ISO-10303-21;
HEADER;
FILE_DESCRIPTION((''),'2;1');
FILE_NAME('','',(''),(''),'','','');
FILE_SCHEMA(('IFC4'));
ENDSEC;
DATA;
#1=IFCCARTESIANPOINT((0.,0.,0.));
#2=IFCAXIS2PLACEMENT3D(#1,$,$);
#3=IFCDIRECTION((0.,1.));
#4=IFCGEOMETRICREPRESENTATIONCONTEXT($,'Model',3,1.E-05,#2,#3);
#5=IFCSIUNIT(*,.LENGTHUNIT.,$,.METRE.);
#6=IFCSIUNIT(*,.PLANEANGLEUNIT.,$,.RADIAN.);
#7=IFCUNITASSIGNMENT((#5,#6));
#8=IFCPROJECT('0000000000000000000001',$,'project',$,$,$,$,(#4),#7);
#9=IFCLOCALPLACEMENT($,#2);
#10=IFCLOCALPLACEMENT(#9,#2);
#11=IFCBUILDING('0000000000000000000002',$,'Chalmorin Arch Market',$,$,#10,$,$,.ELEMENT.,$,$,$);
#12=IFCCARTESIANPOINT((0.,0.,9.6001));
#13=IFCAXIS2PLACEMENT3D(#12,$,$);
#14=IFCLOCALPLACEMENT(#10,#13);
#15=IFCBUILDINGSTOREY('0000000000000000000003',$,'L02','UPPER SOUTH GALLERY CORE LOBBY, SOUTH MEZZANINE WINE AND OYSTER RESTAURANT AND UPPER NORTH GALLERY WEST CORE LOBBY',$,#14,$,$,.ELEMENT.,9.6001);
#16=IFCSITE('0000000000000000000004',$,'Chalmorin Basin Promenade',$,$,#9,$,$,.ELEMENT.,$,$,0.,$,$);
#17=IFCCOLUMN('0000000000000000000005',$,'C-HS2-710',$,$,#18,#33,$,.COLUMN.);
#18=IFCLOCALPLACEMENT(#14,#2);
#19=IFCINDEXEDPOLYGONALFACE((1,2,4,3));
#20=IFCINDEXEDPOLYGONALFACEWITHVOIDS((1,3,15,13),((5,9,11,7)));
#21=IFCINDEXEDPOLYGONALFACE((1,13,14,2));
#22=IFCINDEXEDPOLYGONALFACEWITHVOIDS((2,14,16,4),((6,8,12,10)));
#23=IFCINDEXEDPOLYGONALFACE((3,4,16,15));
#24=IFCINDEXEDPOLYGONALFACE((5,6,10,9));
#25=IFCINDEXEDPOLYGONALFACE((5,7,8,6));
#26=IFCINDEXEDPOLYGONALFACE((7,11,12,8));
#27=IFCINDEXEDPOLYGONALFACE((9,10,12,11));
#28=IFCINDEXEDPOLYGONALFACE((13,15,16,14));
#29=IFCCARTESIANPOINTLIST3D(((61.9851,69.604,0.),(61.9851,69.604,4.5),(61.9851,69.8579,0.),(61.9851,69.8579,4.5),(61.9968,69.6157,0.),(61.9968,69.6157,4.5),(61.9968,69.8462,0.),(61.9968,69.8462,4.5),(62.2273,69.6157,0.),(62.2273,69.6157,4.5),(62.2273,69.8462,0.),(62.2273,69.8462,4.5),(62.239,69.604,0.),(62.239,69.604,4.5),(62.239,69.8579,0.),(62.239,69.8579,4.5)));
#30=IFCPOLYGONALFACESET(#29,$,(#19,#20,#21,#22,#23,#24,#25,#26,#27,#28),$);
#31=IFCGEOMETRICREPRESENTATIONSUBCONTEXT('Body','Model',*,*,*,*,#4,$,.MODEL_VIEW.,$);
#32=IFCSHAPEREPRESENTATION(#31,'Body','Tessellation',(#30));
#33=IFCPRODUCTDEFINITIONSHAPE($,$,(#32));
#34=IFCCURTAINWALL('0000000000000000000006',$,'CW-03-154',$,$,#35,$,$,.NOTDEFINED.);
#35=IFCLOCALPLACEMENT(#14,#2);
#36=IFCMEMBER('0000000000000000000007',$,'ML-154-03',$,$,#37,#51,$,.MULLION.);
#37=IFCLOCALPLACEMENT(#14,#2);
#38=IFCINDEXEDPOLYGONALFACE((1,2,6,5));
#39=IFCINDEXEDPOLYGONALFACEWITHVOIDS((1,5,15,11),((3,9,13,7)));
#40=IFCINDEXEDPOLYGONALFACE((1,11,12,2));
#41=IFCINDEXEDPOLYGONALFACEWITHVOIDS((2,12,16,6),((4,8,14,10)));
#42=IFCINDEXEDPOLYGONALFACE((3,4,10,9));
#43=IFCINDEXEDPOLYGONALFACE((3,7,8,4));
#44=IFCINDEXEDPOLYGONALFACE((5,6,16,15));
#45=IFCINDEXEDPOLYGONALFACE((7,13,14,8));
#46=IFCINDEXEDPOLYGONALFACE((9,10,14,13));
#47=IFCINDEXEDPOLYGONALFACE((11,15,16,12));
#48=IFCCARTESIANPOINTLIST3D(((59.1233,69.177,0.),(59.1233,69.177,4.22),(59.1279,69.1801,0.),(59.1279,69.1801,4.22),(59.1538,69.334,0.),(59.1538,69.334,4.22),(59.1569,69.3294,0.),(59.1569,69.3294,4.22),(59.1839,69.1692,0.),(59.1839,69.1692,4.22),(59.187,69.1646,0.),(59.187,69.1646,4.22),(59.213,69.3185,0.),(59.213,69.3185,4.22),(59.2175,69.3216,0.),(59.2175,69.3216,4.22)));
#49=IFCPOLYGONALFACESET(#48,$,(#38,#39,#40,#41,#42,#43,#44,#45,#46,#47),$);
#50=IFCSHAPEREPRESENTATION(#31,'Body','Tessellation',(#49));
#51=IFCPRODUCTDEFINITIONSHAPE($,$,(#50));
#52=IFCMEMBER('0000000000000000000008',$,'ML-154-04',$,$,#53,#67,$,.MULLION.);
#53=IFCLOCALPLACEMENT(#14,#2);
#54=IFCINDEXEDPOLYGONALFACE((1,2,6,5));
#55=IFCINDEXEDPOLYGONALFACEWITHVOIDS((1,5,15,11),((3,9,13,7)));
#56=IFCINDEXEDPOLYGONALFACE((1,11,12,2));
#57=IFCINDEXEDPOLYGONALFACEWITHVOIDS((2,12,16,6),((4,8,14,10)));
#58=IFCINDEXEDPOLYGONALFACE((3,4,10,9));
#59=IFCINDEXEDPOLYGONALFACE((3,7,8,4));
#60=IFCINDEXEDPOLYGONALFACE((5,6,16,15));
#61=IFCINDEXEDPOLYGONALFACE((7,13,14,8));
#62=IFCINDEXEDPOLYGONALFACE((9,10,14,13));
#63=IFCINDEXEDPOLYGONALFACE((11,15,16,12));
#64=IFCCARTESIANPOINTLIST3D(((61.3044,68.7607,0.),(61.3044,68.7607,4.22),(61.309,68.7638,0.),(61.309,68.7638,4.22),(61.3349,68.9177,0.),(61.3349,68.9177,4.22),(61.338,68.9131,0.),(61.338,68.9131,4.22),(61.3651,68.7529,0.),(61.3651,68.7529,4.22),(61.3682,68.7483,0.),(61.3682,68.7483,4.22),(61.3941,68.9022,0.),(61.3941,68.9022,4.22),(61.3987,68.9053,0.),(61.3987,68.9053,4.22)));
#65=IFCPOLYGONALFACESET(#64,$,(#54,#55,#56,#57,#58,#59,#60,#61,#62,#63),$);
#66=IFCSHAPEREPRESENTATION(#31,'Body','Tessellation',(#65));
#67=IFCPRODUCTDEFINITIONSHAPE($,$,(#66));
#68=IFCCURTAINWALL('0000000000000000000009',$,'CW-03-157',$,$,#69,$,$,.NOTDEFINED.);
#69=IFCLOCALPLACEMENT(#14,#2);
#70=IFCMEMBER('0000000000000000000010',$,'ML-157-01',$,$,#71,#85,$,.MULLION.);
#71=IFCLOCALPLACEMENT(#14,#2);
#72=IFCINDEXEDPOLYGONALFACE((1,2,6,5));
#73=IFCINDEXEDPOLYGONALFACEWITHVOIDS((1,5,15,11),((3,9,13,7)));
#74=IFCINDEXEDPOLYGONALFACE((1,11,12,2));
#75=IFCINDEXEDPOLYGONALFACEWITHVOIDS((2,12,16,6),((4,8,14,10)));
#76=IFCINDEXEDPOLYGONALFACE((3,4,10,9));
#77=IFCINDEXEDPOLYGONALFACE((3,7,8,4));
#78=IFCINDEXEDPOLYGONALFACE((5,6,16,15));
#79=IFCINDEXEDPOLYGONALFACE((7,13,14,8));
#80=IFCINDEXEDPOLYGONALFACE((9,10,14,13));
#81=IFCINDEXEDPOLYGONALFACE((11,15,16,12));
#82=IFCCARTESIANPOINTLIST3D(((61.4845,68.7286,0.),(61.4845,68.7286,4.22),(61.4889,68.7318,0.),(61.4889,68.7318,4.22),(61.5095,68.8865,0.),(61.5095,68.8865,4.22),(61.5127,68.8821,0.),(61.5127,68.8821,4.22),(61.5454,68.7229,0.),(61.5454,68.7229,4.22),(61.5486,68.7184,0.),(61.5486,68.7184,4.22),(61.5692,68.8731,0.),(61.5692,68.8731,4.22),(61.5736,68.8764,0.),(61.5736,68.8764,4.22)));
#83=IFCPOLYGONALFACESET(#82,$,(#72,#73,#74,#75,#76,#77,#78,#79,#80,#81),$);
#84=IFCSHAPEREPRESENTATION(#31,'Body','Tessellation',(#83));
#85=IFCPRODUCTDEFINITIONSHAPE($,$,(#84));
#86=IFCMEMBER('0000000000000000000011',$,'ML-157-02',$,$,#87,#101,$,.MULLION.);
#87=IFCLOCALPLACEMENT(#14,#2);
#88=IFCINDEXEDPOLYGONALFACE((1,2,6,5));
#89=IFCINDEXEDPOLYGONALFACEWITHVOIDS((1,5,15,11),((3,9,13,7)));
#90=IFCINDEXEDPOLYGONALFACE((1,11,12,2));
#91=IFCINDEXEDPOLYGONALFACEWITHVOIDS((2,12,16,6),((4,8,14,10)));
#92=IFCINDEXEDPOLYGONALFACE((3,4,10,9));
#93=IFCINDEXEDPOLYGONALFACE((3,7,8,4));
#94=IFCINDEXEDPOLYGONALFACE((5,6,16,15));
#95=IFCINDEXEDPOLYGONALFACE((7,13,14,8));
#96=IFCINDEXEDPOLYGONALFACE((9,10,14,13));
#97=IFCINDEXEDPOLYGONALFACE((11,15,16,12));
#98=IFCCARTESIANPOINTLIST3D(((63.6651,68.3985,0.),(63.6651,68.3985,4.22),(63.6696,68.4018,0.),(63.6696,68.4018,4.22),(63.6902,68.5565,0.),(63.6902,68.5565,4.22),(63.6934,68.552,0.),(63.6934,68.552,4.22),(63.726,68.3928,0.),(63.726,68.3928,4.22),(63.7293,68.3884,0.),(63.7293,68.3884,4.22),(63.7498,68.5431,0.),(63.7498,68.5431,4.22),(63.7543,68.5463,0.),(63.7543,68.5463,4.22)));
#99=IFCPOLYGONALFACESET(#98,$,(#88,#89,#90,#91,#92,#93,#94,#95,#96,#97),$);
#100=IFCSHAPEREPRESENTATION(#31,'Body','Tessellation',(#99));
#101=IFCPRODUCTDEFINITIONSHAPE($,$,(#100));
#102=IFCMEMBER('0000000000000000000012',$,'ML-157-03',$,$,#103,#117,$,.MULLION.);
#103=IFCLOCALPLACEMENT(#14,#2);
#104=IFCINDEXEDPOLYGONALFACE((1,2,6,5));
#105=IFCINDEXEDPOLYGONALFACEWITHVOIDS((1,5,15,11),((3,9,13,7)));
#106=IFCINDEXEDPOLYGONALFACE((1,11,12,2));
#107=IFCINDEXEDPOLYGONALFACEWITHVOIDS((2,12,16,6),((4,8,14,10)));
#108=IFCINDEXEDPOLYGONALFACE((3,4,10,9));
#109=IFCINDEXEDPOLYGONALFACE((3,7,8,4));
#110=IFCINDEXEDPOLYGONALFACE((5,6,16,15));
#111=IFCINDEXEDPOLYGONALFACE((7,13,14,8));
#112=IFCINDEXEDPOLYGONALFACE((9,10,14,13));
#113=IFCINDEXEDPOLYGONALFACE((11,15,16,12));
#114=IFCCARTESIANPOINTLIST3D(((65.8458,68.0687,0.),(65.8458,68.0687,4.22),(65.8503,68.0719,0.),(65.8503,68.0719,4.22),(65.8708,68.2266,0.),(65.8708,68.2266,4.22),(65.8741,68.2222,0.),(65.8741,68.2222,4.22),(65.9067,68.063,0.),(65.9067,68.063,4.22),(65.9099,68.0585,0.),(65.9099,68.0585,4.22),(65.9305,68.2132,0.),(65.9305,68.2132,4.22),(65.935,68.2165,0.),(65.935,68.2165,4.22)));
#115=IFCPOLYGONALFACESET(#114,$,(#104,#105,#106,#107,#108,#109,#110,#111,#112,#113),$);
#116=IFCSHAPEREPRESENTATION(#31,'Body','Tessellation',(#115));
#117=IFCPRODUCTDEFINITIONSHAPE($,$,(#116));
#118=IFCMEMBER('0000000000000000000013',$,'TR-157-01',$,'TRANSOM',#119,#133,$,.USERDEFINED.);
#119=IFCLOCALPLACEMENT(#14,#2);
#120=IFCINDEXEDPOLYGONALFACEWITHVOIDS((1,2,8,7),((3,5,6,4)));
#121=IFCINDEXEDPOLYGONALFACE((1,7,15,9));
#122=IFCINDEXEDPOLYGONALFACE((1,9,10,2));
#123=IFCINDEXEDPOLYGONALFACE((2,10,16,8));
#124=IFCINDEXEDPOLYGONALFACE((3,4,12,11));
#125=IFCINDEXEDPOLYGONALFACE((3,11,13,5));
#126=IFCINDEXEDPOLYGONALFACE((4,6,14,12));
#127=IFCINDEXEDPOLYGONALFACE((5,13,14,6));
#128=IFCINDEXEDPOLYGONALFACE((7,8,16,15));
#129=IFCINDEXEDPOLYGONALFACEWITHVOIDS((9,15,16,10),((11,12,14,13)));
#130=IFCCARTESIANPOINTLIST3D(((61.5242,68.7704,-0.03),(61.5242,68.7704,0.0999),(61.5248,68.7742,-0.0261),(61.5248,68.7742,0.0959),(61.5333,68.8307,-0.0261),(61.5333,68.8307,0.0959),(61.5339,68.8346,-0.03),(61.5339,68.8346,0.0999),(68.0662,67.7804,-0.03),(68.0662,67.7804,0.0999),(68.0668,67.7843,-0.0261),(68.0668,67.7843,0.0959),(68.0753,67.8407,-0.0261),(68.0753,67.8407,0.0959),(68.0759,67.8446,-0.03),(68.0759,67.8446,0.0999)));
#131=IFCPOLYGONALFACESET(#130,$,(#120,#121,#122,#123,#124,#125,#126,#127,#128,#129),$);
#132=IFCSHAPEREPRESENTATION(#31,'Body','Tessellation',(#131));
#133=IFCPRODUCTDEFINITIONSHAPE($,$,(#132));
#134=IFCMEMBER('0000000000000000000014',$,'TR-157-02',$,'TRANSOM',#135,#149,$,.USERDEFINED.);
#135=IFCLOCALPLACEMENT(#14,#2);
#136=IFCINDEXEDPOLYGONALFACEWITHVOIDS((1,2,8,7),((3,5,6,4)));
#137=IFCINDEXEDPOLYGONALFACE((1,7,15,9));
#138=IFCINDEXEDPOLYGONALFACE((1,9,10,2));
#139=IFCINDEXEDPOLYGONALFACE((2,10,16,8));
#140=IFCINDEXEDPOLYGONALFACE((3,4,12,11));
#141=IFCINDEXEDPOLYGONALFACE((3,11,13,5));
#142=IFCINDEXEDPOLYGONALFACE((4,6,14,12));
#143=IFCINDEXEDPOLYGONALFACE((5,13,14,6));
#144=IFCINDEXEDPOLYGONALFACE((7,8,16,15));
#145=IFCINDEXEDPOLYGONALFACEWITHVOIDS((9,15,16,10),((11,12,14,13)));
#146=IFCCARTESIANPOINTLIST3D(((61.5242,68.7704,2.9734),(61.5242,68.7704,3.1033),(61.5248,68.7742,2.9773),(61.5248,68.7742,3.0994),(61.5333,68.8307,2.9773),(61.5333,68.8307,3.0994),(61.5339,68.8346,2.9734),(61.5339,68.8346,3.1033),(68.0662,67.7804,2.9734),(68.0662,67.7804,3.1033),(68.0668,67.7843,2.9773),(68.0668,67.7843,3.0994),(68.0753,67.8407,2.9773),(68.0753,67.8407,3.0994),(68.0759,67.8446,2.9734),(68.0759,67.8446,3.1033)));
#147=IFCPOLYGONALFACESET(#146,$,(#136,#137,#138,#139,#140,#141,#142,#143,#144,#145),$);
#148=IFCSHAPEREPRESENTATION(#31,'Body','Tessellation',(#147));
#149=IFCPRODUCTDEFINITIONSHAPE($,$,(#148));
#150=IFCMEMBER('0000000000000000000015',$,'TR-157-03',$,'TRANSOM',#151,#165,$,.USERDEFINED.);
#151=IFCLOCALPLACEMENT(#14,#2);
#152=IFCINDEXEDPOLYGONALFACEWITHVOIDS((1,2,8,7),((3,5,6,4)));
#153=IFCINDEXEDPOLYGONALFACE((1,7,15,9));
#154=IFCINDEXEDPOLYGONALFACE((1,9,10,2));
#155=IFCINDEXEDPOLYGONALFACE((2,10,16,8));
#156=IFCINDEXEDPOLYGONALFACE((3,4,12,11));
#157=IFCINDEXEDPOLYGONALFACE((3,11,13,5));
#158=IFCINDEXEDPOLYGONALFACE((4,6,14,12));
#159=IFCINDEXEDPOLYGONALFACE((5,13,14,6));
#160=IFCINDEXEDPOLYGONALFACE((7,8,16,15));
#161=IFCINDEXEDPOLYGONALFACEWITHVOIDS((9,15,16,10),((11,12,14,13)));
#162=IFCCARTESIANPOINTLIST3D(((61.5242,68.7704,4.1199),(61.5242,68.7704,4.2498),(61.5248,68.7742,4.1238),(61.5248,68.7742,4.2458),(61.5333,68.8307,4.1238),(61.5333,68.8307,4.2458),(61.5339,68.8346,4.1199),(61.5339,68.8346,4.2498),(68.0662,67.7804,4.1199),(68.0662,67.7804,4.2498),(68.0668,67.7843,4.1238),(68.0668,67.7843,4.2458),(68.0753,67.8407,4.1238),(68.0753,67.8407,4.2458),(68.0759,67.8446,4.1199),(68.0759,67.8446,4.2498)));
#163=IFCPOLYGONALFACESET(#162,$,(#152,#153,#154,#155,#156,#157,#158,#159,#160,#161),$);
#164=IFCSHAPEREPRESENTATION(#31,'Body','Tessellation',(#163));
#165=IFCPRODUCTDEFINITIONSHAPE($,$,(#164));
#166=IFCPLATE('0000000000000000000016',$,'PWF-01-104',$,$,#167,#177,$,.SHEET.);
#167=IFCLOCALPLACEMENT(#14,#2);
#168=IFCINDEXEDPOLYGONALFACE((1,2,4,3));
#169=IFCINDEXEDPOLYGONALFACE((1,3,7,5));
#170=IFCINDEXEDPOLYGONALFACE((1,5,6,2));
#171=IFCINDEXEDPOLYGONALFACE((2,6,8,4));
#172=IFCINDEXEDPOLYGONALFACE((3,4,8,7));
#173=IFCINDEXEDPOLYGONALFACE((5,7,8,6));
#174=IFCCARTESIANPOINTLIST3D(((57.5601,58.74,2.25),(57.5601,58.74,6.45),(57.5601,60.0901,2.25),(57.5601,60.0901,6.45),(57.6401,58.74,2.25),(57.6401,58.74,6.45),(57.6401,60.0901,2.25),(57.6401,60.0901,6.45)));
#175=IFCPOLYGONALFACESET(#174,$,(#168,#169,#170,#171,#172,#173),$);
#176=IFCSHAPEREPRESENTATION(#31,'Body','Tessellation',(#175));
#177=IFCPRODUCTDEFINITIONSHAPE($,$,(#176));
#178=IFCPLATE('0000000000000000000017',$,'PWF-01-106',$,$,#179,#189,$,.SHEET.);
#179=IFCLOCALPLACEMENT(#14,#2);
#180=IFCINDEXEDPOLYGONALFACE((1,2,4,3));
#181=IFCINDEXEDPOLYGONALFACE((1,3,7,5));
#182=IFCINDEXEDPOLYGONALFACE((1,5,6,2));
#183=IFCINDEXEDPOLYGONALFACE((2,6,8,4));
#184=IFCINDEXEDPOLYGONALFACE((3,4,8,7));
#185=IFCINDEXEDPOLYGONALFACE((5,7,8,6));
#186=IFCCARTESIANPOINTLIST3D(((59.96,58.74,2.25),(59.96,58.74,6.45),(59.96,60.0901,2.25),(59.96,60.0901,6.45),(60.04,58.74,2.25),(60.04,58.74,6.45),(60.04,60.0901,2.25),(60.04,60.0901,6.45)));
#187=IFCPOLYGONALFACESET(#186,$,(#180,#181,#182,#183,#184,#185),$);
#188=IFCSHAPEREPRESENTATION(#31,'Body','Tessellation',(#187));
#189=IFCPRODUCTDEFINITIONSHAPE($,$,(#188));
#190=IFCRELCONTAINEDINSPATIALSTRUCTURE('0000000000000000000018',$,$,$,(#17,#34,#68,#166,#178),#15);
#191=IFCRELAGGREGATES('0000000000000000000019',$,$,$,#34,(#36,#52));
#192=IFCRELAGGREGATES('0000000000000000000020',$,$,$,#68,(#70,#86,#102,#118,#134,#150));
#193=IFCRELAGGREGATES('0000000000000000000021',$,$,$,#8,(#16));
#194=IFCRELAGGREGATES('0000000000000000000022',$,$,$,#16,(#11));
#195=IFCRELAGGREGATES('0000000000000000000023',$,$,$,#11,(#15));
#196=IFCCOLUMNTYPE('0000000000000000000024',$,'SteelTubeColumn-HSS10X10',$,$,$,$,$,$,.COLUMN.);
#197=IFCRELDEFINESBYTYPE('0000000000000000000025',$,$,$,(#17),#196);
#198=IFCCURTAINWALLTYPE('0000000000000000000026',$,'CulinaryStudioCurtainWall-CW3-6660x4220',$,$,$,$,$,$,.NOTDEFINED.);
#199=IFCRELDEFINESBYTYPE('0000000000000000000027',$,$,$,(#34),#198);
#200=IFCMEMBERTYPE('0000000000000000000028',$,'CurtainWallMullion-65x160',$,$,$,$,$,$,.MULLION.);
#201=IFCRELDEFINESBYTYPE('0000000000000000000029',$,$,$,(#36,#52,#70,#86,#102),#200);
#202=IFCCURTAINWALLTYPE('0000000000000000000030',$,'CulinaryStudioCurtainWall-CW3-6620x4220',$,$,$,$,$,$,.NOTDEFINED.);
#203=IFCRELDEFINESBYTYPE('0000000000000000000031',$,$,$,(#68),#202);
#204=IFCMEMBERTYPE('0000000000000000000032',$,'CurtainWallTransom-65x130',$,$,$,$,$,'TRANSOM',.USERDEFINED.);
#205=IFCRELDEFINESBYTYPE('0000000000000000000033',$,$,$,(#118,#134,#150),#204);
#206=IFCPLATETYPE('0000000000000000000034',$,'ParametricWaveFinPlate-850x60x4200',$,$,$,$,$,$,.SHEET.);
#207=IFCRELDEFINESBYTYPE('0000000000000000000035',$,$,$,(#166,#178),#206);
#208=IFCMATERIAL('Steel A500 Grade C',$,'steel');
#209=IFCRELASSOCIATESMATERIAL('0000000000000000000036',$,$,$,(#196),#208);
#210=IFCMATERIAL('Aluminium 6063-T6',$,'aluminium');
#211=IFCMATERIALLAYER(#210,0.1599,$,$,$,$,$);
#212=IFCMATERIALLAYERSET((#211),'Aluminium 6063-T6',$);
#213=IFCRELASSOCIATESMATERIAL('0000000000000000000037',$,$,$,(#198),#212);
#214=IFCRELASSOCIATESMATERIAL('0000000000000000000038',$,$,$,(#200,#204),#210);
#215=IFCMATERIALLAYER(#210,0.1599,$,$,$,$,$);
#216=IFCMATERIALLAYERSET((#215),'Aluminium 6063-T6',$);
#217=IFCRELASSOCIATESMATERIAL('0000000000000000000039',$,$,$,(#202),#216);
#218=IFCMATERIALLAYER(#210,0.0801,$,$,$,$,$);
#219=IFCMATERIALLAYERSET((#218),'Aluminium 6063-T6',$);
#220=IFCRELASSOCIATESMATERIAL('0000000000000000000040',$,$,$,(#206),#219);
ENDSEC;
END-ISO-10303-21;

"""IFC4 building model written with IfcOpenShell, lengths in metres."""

from ifc_helpers import new_model, si_unit, direction, frame, origin, origin_2d, place, context, subcontext, project, spatial, rectangle, hollow_rectangle, extrude, material, layer, layer_set, material_profile, profile_set, type_object, element, aggregate, save


model = new_model("IFC4")

# Units and contexts
model_context = context("Model", 3, precision=1e-05, world=origin(), true_north=direction((0.0, 1.0)))
body_context = subcontext(model_context, "Body", "Model", "MODEL_VIEW")
ifc_project = project(units=[si_unit("LENGTHUNIT", "METRE"), si_unit("PLANEANGLEUNIT", "RADIAN")], contexts=[model_context])

# Site, building, storey
site_placement = place(None, origin())
site = spatial("IfcSite", under=ifc_project, at=site_placement, Name="Chalmorin Basin Promenade", CompositionType="ELEMENT", RefElevation=0.0)
building_placement = place(site_placement, origin())
building = spatial("IfcBuilding", under=site, at=building_placement, Name="Chalmorin Arch Market", CompositionType="ELEMENT")
storey_placement = place(building_placement, frame((0.0, 0.0, 9.6001)))
storey = spatial("IfcBuildingStorey", under=building, at=storey_placement, Name="L02", Description="UPPER SOUTH GALLERY CORE LOBBY, SOUTH MEZZANINE WINE AND OYSTER RESTAURANT AND UPPER NORTH GALLERY WEST CORE LOBBY", CompositionType="ELEMENT", Elevation=9.6001)

# Column
ifc_material_1 = material(Name="Steel A500 Grade C", Category="steel")
ifc_material_profile_1 = material_profile(ifc_material_1, hollow_rectangle(XDim=0.2539, YDim=0.2539, WallThickness=0.0117, at=origin_2d()), Name="HSS10X10X1/2")
ifc_profile_set_1 = profile_set([ifc_material_profile_1], Name="Steel A500 Grade C")
column_type = type_object("IfcColumnType", Name="SteelTubeColumn-HSS10X10", PredefinedType="COLUMN", material=ifc_profile_set_1)
column_placement = place(storey_placement, frame((62.1121, 69.731, 0.0), z_axis=(0.0, 0.0, 1.0), x_axis=(1.0, 0.0, 0.0)))
element("IfcColumn", 1, at=column_placement, inside=storey, type_object=column_type, Name="C-HS2-710", PredefinedType="COLUMN", context=body_context, shape_type="SweptSolid", body=[
    extrude(hollow_rectangle(XDim=0.2539, YDim=0.2539, WallThickness=0.0117, at=origin_2d()), origin(), (0.0, 0.0, 1.0), 4.5),
])

# Curtain walls, members
ifc_material_2 = material(Name="Aluminium 6063-T6", Category="aluminium")
ifc_layer_1 = layer(ifc_material_2, 0.1599)
ifc_layer_set_1 = layer_set([ifc_layer_1], Name="Aluminium 6063-T6")
curtain_wall_type_1 = type_object("IfcCurtainWallType", Name="CulinaryStudioCurtainWall-CW3-6660x4220", PredefinedType="NOTDEFINED", material=ifc_layer_set_1)
curtain_wall_1_placement = place(storey_placement, origin())
curtain_wall_1 = element("IfcCurtainWall", 2, at=curtain_wall_1_placement, inside=storey, type_object=curtain_wall_type_1, Name="CW-03-154", PredefinedType="NOTDEFINED")
ifc_material_profile_2 = material_profile(ifc_material_2, hollow_rectangle(XDim=0.0649, YDim=0.1599, WallThickness=0.0039, at=origin_2d()), Name="ALU65X160X4")
ifc_profile_set_2 = profile_set([ifc_material_profile_2], Name="Aluminium 6063-T6")
member_type_1 = type_object("IfcMemberType", Name="CurtainWallMullion-65x160", PredefinedType="MULLION", material=ifc_profile_set_2)
member_1_placement = place(storey_placement, frame((59.1704, 69.2493, 0.0), z_axis=(0.0, 0.0, 1.0), x_axis=(0.981627, -0.190809, 0.0)))
member_1 = element("IfcMember", 3, at=member_1_placement, type_object=member_type_1, Name="ML-154-03", PredefinedType="MULLION", context=body_context, shape_type="SweptSolid", body=[
    extrude(hollow_rectangle(XDim=0.0649, YDim=0.1599, WallThickness=0.0039, at=origin_2d()), origin(), (0.0, 0.0, 1.0), 4.22),
])
member_2_placement = place(storey_placement, frame((61.3516, 68.833, 0.0), z_axis=(0.0, 0.0, 1.0), x_axis=(0.981627, -0.190809, 0.0)))
member_2 = element("IfcMember", 4, at=member_2_placement, type_object=member_type_1, Name="ML-154-04", PredefinedType="MULLION", context=body_context, shape_type="SweptSolid", body=[
    extrude(hollow_rectangle(XDim=0.0649, YDim=0.1599, WallThickness=0.0039, at=origin_2d()), origin(), (0.0, 0.0, 1.0), 4.22),
])
ifc_layer_2 = layer(ifc_material_2, 0.1599)
ifc_layer_set_2 = layer_set([ifc_layer_2], Name="Aluminium 6063-T6")
curtain_wall_type_2 = type_object("IfcCurtainWallType", Name="CulinaryStudioCurtainWall-CW3-6620x4220", PredefinedType="NOTDEFINED", material=ifc_layer_set_2)
curtain_wall_2_placement = place(storey_placement, origin())
curtain_wall_2 = element("IfcCurtainWall", 5, at=curtain_wall_2_placement, inside=storey, type_object=curtain_wall_type_2, Name="CW-03-157", PredefinedType="NOTDEFINED")
member_3_placement = place(storey_placement, frame((61.5291, 68.8025, 0.0), z_axis=(0.0, 0.0, 1.0), x_axis=(0.987688, -0.156434, 0.0)))
member_3 = element("IfcMember", 6, at=member_3_placement, type_object=member_type_1, Name="ML-157-01", PredefinedType="MULLION", context=body_context, shape_type="SweptSolid", body=[
    extrude(hollow_rectangle(XDim=0.0649, YDim=0.1599, WallThickness=0.0039, at=origin_2d()), origin(), (0.0, 0.0, 1.0), 4.22),
])
member_4_placement = place(storey_placement, frame((63.7097, 68.4724, 0.0), z_axis=(0.0, 0.0, 1.0), x_axis=(0.987688, -0.156434, 0.0)))
member_4 = element("IfcMember", 7, at=member_4_placement, type_object=member_type_1, Name="ML-157-02", PredefinedType="MULLION", context=body_context, shape_type="SweptSolid", body=[
    extrude(hollow_rectangle(XDim=0.0649, YDim=0.1599, WallThickness=0.0039, at=origin_2d()), origin(), (0.0, 0.0, 1.0), 4.22),
])
member_5_placement = place(storey_placement, frame((65.8904, 68.1426, 0.0), z_axis=(0.0, 0.0, 1.0), x_axis=(0.987688, -0.156434, 0.0)))
member_5 = element("IfcMember", 8, at=member_5_placement, type_object=member_type_1, Name="ML-157-03", PredefinedType="MULLION", context=body_context, shape_type="SweptSolid", body=[
    extrude(hollow_rectangle(XDim=0.0649, YDim=0.1599, WallThickness=0.0039, at=origin_2d()), origin(), (0.0, 0.0, 1.0), 4.22),
])
ifc_material_profile_3 = material_profile(ifc_material_2, hollow_rectangle(XDim=0.0649, YDim=0.1299, WallThickness=0.0039, at=origin_2d()), Name="ALU65X130X4")
ifc_profile_set_3 = profile_set([ifc_material_profile_3], Name="Aluminium 6063-T6")
member_type_2 = type_object("IfcMemberType", Name="CurtainWallTransom-65x130", ElementType="TRANSOM", PredefinedType="USERDEFINED", material=ifc_profile_set_3)
member_6_placement = place(storey_placement, frame((61.5291, 68.8025, 0.0349), z_axis=(0.988743, -0.149625, 0.0), x_axis=(0.149625, 0.988743, 0.0)))
member_6 = element("IfcMember", 9, at=member_6_placement, type_object=member_type_2, Name="TR-157-01", ObjectType="TRANSOM", PredefinedType="USERDEFINED", context=body_context, shape_type="SweptSolid", body=[
    extrude(hollow_rectangle(XDim=0.0649, YDim=0.1299, WallThickness=0.0039, at=origin_2d()), origin(), (0.0, 0.0, 1.0), 6.6165),
])
member_7_placement = place(storey_placement, frame((61.5291, 68.8025, 3.0383), z_axis=(0.988743, -0.149625, 0.0), x_axis=(0.149625, 0.988743, 0.0)))
member_7 = element("IfcMember", 10, at=member_7_placement, type_object=member_type_2, Name="TR-157-02", ObjectType="TRANSOM", PredefinedType="USERDEFINED", context=body_context, shape_type="SweptSolid", body=[
    extrude(hollow_rectangle(XDim=0.0649, YDim=0.1299, WallThickness=0.0039, at=origin_2d()), origin(), (0.0, 0.0, 1.0), 6.6165),
])
member_8_placement = place(storey_placement, frame((61.5291, 68.8025, 4.1848), z_axis=(0.988743, -0.149625, 0.0), x_axis=(0.149625, 0.988743, 0.0)))
member_8 = element("IfcMember", 11, at=member_8_placement, type_object=member_type_2, Name="TR-157-03", ObjectType="TRANSOM", PredefinedType="USERDEFINED", context=body_context, shape_type="SweptSolid", body=[
    extrude(hollow_rectangle(XDim=0.0649, YDim=0.1299, WallThickness=0.0039, at=origin_2d()), origin(), (0.0, 0.0, 1.0), 6.6165),
])

# Plates
ifc_layer_3 = layer(ifc_material_2, 0.0801)
ifc_layer_set_3 = layer_set([ifc_layer_3], Name="Aluminium 6063-T6")
plate_type_1 = type_object("IfcPlateType", Name="ParametricWaveFinPlate-850x60x4200", PredefinedType="SHEET", material=ifc_layer_set_3)
for number, where, z_axis, x_axis, name in (
    (12, (57.6001, 59.415, 2.25), (0.0, 0.0, 1.0), (0.0, 1.0, 0.0), "PWF-01-104"),
    (13, (60.0, 59.415, 2.25), (0.0, 0.0, 1.0), (0.0, 1.0, 0.0), "PWF-01-106"),
):
    element("IfcPlate", number, at=place(storey_placement, frame(where, z_axis=z_axis, x_axis=x_axis)), inside=storey, type_object=plate_type_1, Name=name, PredefinedType="SHEET", context=body_context, shape_type="SweptSolid", body=[
        extrude(rectangle(XDim=1.3501, YDim=0.0801, at=origin_2d()), origin(), (0.0, 0.0, 1.0), 4.2),
    ])

aggregate(curtain_wall_1, [member_1, member_2])
aggregate(curtain_wall_2, [member_3, member_4, member_5, member_6, member_7, member_8])

save(model, "model.ifc")
